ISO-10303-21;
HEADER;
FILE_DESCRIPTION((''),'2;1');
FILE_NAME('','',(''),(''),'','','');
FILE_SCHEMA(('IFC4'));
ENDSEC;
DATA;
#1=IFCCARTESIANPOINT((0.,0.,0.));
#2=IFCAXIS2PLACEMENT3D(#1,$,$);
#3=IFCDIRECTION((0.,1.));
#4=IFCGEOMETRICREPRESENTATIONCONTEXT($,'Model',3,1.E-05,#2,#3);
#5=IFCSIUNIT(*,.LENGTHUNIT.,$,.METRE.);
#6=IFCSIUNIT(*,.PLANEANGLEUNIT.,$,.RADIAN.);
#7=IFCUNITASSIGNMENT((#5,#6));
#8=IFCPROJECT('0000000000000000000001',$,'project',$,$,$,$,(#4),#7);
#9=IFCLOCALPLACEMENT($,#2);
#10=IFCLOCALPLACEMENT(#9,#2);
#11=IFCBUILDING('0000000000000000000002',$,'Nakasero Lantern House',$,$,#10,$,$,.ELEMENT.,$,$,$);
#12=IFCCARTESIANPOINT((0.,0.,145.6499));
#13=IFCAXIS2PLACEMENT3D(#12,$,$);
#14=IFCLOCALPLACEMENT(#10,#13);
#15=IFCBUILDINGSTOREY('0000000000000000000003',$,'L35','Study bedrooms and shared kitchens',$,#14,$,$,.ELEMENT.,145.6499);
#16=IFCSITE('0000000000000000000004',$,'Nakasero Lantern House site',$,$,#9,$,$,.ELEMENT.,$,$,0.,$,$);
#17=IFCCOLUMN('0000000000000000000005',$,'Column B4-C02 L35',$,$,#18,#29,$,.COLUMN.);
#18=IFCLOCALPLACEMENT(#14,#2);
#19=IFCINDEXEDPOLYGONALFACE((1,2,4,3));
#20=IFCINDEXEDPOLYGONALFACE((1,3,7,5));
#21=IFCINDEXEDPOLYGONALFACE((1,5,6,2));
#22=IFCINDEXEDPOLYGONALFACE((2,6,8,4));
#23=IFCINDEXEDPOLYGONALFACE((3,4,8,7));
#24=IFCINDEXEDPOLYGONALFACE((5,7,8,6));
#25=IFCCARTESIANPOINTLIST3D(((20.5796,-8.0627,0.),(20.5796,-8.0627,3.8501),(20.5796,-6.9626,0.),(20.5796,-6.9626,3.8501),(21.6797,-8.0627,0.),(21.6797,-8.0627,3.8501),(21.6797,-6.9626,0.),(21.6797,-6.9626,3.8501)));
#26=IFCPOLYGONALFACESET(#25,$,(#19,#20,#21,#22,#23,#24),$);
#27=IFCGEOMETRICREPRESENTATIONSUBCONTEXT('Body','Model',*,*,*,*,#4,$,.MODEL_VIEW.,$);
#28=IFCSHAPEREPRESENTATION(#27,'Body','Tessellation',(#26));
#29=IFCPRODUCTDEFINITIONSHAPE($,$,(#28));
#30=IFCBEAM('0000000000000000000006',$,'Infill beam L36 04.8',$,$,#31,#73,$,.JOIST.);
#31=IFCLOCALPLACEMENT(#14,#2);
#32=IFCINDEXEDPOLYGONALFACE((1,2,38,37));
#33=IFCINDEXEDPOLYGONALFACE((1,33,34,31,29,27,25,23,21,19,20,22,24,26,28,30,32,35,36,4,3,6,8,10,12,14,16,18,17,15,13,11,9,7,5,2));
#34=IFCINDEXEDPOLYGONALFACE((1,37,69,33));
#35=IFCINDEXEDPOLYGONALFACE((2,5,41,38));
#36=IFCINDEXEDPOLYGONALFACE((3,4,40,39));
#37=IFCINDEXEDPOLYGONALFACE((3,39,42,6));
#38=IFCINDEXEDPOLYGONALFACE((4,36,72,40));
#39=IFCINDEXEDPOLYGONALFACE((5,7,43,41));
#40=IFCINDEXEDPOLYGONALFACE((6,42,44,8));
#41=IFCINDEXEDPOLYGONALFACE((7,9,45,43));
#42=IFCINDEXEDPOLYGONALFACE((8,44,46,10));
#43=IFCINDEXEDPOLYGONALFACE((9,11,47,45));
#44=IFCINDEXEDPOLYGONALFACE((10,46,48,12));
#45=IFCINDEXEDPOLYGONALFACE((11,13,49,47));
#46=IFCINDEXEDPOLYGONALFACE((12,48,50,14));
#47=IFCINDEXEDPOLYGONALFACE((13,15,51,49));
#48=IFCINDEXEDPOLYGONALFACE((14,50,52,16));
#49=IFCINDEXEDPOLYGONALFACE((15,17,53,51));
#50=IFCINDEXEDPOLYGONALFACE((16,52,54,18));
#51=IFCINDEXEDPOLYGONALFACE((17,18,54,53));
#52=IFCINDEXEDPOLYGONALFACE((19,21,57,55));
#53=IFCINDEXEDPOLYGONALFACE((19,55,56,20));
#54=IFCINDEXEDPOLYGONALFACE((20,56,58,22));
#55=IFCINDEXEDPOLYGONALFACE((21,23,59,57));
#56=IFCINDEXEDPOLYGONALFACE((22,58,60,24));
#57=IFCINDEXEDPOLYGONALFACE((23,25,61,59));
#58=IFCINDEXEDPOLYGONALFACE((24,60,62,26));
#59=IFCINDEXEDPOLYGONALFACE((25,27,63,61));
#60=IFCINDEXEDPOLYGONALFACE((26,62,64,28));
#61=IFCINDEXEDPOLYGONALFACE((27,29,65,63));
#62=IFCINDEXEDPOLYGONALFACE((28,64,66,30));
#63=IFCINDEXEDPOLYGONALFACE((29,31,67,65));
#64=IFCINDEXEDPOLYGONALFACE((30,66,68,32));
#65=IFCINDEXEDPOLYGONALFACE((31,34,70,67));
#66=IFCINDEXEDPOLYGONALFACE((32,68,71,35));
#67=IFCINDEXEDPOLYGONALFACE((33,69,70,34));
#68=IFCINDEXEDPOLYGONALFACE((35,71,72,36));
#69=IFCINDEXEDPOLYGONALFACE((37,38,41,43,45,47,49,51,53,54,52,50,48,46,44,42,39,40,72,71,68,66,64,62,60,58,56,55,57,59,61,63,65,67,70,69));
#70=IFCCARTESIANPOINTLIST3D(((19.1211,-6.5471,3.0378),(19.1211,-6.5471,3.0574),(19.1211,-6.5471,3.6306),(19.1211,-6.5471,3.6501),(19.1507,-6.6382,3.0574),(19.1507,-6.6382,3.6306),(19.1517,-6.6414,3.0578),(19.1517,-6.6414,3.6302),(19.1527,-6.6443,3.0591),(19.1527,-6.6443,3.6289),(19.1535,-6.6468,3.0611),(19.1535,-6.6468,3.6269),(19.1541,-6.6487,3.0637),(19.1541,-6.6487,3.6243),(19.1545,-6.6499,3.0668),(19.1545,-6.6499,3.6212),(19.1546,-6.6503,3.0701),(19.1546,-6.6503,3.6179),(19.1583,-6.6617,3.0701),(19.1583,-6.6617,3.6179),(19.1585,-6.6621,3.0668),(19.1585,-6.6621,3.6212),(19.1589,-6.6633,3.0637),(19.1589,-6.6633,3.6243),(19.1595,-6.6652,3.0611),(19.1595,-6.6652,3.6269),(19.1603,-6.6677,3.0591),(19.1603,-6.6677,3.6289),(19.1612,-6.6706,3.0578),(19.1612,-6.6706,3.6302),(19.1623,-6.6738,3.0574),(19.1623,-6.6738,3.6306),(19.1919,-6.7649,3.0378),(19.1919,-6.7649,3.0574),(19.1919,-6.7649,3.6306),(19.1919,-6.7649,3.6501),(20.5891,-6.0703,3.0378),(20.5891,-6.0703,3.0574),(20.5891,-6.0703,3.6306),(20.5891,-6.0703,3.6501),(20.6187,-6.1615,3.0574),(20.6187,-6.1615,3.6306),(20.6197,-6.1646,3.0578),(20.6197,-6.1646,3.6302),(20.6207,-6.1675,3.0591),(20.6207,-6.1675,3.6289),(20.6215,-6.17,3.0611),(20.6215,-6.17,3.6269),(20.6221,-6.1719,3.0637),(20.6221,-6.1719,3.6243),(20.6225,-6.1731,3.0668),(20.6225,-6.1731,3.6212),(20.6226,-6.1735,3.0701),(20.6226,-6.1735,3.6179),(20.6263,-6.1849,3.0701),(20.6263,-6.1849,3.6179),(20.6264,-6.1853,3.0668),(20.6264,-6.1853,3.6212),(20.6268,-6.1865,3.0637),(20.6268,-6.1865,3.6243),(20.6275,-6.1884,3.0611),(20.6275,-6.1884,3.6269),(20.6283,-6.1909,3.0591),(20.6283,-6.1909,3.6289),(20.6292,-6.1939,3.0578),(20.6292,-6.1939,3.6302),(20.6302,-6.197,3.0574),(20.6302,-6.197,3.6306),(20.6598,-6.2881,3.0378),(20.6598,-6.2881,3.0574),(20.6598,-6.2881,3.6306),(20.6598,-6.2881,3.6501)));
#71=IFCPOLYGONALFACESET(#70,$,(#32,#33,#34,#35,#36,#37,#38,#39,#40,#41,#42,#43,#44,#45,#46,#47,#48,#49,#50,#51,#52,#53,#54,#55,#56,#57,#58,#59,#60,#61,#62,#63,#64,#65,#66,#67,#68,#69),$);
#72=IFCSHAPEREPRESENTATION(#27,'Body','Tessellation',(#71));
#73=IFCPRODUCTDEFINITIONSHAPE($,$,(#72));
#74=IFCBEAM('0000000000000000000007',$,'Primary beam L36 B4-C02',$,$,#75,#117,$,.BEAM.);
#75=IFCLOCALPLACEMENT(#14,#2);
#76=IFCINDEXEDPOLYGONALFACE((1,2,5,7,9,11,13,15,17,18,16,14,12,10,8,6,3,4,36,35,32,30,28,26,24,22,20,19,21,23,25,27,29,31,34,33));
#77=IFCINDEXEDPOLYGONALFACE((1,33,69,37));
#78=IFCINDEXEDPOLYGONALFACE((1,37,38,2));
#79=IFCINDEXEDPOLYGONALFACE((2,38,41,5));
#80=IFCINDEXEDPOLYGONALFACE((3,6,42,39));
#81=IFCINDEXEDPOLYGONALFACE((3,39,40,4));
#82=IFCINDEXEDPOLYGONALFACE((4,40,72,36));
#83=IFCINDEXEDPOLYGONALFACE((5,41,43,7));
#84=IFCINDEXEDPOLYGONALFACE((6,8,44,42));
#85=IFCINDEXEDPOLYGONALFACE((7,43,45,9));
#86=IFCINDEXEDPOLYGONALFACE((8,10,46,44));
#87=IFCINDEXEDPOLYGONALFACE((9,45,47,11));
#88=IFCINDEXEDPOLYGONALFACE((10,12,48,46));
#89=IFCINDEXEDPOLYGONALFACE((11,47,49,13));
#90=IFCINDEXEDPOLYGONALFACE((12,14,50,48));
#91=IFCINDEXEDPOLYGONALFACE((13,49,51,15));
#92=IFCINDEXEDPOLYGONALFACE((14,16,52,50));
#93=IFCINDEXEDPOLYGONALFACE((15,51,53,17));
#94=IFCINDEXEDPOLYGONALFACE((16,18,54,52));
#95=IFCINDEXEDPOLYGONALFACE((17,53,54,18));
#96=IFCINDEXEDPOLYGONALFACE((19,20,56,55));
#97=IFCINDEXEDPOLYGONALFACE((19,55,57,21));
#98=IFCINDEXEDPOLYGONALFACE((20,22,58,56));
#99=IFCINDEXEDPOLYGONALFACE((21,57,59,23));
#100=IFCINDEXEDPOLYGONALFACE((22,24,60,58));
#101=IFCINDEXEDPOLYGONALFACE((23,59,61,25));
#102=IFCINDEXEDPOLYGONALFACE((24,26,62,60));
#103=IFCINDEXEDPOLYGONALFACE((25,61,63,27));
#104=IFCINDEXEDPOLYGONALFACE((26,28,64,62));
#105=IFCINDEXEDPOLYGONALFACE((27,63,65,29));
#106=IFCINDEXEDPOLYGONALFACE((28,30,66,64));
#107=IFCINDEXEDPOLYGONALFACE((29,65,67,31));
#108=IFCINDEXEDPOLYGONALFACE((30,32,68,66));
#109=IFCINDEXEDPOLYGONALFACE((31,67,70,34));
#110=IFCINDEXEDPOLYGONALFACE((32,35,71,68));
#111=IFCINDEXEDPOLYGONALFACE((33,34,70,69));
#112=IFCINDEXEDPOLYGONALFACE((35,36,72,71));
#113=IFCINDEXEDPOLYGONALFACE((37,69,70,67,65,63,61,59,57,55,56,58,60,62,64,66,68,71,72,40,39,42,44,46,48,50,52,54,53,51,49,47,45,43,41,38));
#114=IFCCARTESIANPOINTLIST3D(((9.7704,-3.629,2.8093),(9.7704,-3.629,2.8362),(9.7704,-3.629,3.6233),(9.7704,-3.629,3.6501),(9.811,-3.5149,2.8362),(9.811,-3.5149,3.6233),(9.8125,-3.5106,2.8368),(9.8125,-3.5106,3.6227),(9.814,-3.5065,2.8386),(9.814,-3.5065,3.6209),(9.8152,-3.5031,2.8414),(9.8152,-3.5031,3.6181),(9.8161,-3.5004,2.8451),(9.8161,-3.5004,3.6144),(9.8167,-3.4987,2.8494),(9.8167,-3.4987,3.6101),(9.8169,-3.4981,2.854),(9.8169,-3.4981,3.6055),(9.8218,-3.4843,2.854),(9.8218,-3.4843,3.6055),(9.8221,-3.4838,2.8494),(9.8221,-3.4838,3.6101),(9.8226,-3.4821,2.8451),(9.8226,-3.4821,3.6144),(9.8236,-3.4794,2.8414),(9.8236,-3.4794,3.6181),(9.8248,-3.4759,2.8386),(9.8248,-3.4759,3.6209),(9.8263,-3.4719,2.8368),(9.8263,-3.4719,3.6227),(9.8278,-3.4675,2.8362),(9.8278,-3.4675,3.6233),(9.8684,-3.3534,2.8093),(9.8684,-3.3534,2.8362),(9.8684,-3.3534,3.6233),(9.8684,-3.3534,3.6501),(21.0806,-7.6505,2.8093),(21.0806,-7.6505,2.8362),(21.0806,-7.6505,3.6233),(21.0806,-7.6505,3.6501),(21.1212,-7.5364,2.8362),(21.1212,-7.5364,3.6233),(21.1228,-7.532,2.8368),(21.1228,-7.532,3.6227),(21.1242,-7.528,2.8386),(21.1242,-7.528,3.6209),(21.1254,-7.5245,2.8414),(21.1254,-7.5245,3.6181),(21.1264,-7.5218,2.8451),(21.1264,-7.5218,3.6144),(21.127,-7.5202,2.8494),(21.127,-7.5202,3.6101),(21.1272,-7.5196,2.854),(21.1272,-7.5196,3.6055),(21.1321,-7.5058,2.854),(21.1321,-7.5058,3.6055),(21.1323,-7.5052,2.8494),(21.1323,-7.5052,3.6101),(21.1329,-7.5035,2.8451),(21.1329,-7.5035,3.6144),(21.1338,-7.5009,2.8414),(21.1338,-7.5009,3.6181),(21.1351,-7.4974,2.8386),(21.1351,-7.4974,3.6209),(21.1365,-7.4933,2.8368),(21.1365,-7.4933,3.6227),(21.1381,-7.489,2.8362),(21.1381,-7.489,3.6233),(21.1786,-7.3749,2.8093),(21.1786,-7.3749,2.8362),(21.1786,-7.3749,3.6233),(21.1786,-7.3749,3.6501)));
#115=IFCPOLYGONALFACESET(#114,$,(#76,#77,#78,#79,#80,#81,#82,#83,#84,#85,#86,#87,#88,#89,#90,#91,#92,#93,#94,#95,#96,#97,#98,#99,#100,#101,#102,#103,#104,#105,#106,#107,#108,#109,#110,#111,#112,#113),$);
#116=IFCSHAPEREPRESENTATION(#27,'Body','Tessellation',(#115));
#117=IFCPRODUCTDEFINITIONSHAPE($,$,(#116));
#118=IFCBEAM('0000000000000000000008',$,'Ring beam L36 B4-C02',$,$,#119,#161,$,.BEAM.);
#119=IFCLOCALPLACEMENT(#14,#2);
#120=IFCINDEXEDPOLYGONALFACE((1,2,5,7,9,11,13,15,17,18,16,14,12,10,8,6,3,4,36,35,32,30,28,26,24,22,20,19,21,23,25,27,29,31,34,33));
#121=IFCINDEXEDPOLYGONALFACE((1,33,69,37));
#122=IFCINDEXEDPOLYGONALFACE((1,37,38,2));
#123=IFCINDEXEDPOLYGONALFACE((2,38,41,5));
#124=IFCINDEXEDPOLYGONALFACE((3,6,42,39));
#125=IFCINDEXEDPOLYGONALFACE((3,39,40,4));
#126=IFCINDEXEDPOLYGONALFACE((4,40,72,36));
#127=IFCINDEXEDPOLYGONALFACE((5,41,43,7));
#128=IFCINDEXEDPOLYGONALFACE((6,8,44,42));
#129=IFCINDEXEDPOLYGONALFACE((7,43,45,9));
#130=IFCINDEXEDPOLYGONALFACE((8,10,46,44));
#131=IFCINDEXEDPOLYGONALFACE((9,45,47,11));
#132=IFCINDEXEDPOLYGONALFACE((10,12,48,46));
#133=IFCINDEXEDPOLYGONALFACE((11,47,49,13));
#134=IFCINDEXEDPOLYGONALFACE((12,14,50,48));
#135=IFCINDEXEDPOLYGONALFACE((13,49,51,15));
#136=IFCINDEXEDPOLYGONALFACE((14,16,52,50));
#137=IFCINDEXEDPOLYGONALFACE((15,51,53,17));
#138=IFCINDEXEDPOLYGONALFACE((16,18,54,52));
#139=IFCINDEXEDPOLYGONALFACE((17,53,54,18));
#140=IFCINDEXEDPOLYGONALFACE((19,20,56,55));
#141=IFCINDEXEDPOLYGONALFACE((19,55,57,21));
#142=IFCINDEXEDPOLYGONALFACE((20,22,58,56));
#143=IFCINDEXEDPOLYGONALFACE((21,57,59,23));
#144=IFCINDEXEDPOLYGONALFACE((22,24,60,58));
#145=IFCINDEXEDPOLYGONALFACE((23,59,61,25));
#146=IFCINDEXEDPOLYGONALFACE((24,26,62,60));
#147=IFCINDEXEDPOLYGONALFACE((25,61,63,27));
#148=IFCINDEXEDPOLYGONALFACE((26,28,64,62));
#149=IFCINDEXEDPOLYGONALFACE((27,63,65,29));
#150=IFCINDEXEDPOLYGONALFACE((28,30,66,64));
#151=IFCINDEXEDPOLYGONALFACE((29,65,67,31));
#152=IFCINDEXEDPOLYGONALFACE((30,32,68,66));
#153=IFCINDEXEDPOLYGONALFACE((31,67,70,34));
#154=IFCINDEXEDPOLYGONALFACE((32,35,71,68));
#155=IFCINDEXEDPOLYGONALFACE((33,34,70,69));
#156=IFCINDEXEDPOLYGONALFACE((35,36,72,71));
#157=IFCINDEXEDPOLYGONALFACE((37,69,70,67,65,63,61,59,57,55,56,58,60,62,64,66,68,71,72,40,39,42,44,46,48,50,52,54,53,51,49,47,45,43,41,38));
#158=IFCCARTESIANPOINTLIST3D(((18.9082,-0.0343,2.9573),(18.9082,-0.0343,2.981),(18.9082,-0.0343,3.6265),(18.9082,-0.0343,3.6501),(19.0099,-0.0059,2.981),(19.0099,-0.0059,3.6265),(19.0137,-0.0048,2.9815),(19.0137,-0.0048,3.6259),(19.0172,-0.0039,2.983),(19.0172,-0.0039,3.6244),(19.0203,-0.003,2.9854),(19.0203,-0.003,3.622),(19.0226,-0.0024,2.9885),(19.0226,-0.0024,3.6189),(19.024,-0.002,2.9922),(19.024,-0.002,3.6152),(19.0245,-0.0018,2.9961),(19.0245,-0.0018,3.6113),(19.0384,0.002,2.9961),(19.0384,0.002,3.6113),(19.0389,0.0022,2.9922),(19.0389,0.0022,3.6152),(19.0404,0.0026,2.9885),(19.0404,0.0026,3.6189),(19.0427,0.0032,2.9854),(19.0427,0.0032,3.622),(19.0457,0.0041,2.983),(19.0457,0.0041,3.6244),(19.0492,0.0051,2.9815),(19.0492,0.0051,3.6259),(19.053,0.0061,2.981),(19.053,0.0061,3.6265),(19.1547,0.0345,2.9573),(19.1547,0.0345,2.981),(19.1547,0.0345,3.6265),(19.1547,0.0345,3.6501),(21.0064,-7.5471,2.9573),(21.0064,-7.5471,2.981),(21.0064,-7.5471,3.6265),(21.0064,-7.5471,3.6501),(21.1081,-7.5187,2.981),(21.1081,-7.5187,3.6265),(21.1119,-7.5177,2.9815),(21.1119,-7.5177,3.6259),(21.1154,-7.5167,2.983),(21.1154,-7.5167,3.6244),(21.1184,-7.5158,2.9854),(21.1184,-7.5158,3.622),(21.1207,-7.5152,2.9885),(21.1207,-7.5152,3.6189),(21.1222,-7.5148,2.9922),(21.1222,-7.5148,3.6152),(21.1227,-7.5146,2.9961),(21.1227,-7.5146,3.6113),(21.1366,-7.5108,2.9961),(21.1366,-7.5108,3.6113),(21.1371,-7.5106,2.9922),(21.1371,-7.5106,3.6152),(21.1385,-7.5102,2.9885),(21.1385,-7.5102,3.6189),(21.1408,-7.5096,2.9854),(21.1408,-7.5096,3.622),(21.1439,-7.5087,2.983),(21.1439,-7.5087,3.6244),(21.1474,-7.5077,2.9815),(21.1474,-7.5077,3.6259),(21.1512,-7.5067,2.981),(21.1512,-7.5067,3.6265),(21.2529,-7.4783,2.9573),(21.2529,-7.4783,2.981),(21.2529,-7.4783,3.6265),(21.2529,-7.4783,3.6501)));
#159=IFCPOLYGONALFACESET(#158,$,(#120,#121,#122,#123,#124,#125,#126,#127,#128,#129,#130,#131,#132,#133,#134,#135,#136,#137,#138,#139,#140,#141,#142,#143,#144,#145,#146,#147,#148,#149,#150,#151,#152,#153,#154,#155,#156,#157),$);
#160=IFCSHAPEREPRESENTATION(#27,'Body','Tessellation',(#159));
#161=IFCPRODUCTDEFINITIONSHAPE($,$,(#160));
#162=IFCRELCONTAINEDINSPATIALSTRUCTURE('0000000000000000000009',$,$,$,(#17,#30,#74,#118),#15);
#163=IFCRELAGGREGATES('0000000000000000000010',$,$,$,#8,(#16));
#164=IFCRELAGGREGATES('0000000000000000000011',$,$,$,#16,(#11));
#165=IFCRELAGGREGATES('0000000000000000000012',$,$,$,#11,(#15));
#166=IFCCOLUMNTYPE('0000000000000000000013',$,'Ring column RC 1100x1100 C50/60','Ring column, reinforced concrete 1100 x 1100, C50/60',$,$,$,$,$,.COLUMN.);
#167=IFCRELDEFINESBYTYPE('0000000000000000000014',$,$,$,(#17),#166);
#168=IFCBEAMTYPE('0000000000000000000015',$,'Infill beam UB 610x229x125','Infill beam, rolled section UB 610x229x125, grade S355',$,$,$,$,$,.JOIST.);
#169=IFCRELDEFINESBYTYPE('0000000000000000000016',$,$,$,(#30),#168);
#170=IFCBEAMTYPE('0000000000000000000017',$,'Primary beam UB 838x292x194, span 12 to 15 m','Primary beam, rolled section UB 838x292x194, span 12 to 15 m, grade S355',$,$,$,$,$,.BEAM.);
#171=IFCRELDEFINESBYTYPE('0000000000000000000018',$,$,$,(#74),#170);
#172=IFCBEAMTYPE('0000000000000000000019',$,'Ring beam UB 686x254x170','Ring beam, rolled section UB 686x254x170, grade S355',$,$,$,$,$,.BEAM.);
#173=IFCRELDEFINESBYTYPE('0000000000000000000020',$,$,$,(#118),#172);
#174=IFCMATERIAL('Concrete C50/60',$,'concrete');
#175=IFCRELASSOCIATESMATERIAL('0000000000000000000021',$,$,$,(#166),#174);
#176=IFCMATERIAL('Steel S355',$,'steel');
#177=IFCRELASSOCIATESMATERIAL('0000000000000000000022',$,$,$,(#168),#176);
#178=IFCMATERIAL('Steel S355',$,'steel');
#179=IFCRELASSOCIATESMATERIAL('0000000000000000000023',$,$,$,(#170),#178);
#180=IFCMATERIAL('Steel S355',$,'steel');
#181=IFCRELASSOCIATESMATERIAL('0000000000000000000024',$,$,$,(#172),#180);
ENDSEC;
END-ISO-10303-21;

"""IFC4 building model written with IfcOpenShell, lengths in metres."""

from ifc_helpers import new_model, si_unit, direction, frame, origin, origin_2d, place, context, subcontext, project, spatial, rectangle, i_section, extrude, material, material_profile, profile_set, type_object, element, save


model = new_model("IFC4")

# Units and contexts
model_context = context("Model", 3, precision=1e-05, world=origin(), true_north=direction((0.0, 1.0)))
body_context = subcontext(model_context, "Body", "Model", "MODEL_VIEW")
ifc_project = project(units=[si_unit("LENGTHUNIT", "METRE"), si_unit("PLANEANGLEUNIT", "RADIAN")], contexts=[model_context])

# Site, building, storey
site_placement = place(None, origin())
site = spatial("IfcSite", under=ifc_project, at=site_placement, Name="Nakasero Lantern House site", CompositionType="ELEMENT", RefElevation=0.0)
building_placement = place(site_placement, origin())
building = spatial("IfcBuilding", under=site, at=building_placement, Name="Nakasero Lantern House", CompositionType="ELEMENT")
storey_placement = place(building_placement, frame((0.0, 0.0, 145.6499)))
storey = spatial("IfcBuildingStorey", under=building, at=storey_placement, Name="L35", Description="Study bedrooms and shared kitchens", CompositionType="ELEMENT", Elevation=145.6499)

# Column
ifc_material_1 = material(Name="Concrete C50/60", Category="concrete")
ifc_material_profile_1 = material_profile(ifc_material_1, rectangle(XDim=1.1001, YDim=1.1001, at=origin_2d()), Name="RC 1100x1100")
ifc_profile_set_1 = profile_set([ifc_material_profile_1], Name="Concrete C50/60")
column_type = type_object("IfcColumnType", Name="Ring column RC 1100x1100 C50/60", Description="Ring column, reinforced concrete 1100 x 1100, C50/60", PredefinedType="COLUMN", material=ifc_profile_set_1)
column_placement = place(storey_placement, frame((21.1296, -7.5127, 0.0), z_axis=(0.0, 0.0, 1.0), x_axis=(1.0, 0.0, 0.0)))
element("IfcColumn", 1, at=column_placement, inside=storey, type_object=column_type, Name="Column B4-C02 L35", PredefinedType="COLUMN", context=body_context, shape_type="SweptSolid", body=[
    extrude(rectangle(XDim=1.1001, YDim=1.1001, at=origin_2d()), origin(), (0.0, 0.0, 1.0), 3.8501),
])

# Beams
ifc_material_2 = material(Name="Steel S355", Category="steel")
ifc_material_profile_2 = material_profile(ifc_material_2, i_section(OverallWidth=0.229, OverallDepth=0.6123, WebThickness=0.012, FlangeThickness=0.0195, FilletRadius=0.0127, at=origin_2d()), Name="UB 610x229x125")
ifc_profile_set_2 = profile_set([ifc_material_profile_2], Name="Steel S355")
beam_type_1 = type_object("IfcBeamType", Name="Infill beam UB 610x229x125", Description="Infill beam, rolled section UB 610x229x125, grade S355", PredefinedType="JOIST", material=ifc_profile_set_2)
beam_1_placement = place(storey_placement, frame((19.1565, -6.656, 3.344), z_axis=(0.951091, 0.308911, 0.0), x_axis=(-0.308911, 0.951091, 0.0)))
element("IfcBeam", 2, at=beam_1_placement, inside=storey, type_object=beam_type_1, Name="Infill beam L36 04.8", PredefinedType="JOIST", context=body_context, shape_type="SweptSolid", body=[
    extrude(i_section(OverallWidth=0.229, OverallDepth=0.6123, WebThickness=0.012, FlangeThickness=0.0195, FilletRadius=0.0127, at=origin_2d()), origin(), (0.0, 0.0, 1.0), 1.5435),
])
ifc_material_3 = material(Name="Steel S355", Category="steel")
ifc_material_profile_3 = material_profile(ifc_material_3, i_section(OverallWidth=0.2925, OverallDepth=0.8408, WebThickness=0.0146, FlangeThickness=0.0269, FilletRadius=0.0178, at=origin_2d()), Name="UB 838x292x194")
ifc_profile_set_3 = profile_set([ifc_material_profile_3], Name="Steel S355")
beam_type_2 = type_object("IfcBeamType", Name="Primary beam UB 838x292x194, span 12 to 15 m", Description="Primary beam, rolled section UB 838x292x194, span 12 to 15 m, grade S355", PredefinedType="BEAM", material=ifc_profile_set_3)
beam_2_placement = place(storey_placement, frame((21.1296, -7.5127, 3.2297), z_axis=(-0.942214, 0.335013, 0.0), x_axis=(-0.335013, -0.942214, 0.0)))
element("IfcBeam", 3, at=beam_2_placement, inside=storey, type_object=beam_type_2, Name="Primary beam L36 B4-C02", PredefinedType="BEAM", context=body_context, shape_type="SweptSolid", body=[
    extrude(i_section(OverallWidth=0.2925, OverallDepth=0.8408, WebThickness=0.0146, FlangeThickness=0.0269, FilletRadius=0.0178, at=origin_2d()), origin(), (0.0, 0.0, 1.0), 12.0039),
])
ifc_material_4 = material(Name="Steel S355", Category="steel")
ifc_material_profile_4 = material_profile(ifc_material_4, i_section(OverallWidth=0.2559, OverallDepth=0.6929, WebThickness=0.0144, FlangeThickness=0.0237, FilletRadius=0.0151, at=origin_2d()), Name="UB 686x254x170")
ifc_profile_set_4 = profile_set([ifc_material_profile_4], Name="Steel S355")
beam_type_3 = type_object("IfcBeamType", Name="Ring beam UB 686x254x170", Description="Ring beam, rolled section UB 686x254x170, grade S355", PredefinedType="BEAM", material=ifc_profile_set_4)
beam_3_placement = place(storey_placement, frame((21.1296, -7.5127, 3.3037), z_axis=(-0.268987, 0.963144, 0.0), x_axis=(-0.963144, -0.268987, 0.0)))
element("IfcBeam", 4, at=beam_3_placement, inside=storey, type_object=beam_type_3, Name="Ring beam L36 B4-C02", PredefinedType="BEAM", context=body_context, shape_type="SweptSolid", body=[
    extrude(i_section(OverallWidth=0.2559, OverallDepth=0.6929, WebThickness=0.0144, FlangeThickness=0.0237, FilletRadius=0.0151, at=origin_2d()), origin(), (0.0, 0.0, 1.0), 7.8003),
])

save(model, "model.ifc")
